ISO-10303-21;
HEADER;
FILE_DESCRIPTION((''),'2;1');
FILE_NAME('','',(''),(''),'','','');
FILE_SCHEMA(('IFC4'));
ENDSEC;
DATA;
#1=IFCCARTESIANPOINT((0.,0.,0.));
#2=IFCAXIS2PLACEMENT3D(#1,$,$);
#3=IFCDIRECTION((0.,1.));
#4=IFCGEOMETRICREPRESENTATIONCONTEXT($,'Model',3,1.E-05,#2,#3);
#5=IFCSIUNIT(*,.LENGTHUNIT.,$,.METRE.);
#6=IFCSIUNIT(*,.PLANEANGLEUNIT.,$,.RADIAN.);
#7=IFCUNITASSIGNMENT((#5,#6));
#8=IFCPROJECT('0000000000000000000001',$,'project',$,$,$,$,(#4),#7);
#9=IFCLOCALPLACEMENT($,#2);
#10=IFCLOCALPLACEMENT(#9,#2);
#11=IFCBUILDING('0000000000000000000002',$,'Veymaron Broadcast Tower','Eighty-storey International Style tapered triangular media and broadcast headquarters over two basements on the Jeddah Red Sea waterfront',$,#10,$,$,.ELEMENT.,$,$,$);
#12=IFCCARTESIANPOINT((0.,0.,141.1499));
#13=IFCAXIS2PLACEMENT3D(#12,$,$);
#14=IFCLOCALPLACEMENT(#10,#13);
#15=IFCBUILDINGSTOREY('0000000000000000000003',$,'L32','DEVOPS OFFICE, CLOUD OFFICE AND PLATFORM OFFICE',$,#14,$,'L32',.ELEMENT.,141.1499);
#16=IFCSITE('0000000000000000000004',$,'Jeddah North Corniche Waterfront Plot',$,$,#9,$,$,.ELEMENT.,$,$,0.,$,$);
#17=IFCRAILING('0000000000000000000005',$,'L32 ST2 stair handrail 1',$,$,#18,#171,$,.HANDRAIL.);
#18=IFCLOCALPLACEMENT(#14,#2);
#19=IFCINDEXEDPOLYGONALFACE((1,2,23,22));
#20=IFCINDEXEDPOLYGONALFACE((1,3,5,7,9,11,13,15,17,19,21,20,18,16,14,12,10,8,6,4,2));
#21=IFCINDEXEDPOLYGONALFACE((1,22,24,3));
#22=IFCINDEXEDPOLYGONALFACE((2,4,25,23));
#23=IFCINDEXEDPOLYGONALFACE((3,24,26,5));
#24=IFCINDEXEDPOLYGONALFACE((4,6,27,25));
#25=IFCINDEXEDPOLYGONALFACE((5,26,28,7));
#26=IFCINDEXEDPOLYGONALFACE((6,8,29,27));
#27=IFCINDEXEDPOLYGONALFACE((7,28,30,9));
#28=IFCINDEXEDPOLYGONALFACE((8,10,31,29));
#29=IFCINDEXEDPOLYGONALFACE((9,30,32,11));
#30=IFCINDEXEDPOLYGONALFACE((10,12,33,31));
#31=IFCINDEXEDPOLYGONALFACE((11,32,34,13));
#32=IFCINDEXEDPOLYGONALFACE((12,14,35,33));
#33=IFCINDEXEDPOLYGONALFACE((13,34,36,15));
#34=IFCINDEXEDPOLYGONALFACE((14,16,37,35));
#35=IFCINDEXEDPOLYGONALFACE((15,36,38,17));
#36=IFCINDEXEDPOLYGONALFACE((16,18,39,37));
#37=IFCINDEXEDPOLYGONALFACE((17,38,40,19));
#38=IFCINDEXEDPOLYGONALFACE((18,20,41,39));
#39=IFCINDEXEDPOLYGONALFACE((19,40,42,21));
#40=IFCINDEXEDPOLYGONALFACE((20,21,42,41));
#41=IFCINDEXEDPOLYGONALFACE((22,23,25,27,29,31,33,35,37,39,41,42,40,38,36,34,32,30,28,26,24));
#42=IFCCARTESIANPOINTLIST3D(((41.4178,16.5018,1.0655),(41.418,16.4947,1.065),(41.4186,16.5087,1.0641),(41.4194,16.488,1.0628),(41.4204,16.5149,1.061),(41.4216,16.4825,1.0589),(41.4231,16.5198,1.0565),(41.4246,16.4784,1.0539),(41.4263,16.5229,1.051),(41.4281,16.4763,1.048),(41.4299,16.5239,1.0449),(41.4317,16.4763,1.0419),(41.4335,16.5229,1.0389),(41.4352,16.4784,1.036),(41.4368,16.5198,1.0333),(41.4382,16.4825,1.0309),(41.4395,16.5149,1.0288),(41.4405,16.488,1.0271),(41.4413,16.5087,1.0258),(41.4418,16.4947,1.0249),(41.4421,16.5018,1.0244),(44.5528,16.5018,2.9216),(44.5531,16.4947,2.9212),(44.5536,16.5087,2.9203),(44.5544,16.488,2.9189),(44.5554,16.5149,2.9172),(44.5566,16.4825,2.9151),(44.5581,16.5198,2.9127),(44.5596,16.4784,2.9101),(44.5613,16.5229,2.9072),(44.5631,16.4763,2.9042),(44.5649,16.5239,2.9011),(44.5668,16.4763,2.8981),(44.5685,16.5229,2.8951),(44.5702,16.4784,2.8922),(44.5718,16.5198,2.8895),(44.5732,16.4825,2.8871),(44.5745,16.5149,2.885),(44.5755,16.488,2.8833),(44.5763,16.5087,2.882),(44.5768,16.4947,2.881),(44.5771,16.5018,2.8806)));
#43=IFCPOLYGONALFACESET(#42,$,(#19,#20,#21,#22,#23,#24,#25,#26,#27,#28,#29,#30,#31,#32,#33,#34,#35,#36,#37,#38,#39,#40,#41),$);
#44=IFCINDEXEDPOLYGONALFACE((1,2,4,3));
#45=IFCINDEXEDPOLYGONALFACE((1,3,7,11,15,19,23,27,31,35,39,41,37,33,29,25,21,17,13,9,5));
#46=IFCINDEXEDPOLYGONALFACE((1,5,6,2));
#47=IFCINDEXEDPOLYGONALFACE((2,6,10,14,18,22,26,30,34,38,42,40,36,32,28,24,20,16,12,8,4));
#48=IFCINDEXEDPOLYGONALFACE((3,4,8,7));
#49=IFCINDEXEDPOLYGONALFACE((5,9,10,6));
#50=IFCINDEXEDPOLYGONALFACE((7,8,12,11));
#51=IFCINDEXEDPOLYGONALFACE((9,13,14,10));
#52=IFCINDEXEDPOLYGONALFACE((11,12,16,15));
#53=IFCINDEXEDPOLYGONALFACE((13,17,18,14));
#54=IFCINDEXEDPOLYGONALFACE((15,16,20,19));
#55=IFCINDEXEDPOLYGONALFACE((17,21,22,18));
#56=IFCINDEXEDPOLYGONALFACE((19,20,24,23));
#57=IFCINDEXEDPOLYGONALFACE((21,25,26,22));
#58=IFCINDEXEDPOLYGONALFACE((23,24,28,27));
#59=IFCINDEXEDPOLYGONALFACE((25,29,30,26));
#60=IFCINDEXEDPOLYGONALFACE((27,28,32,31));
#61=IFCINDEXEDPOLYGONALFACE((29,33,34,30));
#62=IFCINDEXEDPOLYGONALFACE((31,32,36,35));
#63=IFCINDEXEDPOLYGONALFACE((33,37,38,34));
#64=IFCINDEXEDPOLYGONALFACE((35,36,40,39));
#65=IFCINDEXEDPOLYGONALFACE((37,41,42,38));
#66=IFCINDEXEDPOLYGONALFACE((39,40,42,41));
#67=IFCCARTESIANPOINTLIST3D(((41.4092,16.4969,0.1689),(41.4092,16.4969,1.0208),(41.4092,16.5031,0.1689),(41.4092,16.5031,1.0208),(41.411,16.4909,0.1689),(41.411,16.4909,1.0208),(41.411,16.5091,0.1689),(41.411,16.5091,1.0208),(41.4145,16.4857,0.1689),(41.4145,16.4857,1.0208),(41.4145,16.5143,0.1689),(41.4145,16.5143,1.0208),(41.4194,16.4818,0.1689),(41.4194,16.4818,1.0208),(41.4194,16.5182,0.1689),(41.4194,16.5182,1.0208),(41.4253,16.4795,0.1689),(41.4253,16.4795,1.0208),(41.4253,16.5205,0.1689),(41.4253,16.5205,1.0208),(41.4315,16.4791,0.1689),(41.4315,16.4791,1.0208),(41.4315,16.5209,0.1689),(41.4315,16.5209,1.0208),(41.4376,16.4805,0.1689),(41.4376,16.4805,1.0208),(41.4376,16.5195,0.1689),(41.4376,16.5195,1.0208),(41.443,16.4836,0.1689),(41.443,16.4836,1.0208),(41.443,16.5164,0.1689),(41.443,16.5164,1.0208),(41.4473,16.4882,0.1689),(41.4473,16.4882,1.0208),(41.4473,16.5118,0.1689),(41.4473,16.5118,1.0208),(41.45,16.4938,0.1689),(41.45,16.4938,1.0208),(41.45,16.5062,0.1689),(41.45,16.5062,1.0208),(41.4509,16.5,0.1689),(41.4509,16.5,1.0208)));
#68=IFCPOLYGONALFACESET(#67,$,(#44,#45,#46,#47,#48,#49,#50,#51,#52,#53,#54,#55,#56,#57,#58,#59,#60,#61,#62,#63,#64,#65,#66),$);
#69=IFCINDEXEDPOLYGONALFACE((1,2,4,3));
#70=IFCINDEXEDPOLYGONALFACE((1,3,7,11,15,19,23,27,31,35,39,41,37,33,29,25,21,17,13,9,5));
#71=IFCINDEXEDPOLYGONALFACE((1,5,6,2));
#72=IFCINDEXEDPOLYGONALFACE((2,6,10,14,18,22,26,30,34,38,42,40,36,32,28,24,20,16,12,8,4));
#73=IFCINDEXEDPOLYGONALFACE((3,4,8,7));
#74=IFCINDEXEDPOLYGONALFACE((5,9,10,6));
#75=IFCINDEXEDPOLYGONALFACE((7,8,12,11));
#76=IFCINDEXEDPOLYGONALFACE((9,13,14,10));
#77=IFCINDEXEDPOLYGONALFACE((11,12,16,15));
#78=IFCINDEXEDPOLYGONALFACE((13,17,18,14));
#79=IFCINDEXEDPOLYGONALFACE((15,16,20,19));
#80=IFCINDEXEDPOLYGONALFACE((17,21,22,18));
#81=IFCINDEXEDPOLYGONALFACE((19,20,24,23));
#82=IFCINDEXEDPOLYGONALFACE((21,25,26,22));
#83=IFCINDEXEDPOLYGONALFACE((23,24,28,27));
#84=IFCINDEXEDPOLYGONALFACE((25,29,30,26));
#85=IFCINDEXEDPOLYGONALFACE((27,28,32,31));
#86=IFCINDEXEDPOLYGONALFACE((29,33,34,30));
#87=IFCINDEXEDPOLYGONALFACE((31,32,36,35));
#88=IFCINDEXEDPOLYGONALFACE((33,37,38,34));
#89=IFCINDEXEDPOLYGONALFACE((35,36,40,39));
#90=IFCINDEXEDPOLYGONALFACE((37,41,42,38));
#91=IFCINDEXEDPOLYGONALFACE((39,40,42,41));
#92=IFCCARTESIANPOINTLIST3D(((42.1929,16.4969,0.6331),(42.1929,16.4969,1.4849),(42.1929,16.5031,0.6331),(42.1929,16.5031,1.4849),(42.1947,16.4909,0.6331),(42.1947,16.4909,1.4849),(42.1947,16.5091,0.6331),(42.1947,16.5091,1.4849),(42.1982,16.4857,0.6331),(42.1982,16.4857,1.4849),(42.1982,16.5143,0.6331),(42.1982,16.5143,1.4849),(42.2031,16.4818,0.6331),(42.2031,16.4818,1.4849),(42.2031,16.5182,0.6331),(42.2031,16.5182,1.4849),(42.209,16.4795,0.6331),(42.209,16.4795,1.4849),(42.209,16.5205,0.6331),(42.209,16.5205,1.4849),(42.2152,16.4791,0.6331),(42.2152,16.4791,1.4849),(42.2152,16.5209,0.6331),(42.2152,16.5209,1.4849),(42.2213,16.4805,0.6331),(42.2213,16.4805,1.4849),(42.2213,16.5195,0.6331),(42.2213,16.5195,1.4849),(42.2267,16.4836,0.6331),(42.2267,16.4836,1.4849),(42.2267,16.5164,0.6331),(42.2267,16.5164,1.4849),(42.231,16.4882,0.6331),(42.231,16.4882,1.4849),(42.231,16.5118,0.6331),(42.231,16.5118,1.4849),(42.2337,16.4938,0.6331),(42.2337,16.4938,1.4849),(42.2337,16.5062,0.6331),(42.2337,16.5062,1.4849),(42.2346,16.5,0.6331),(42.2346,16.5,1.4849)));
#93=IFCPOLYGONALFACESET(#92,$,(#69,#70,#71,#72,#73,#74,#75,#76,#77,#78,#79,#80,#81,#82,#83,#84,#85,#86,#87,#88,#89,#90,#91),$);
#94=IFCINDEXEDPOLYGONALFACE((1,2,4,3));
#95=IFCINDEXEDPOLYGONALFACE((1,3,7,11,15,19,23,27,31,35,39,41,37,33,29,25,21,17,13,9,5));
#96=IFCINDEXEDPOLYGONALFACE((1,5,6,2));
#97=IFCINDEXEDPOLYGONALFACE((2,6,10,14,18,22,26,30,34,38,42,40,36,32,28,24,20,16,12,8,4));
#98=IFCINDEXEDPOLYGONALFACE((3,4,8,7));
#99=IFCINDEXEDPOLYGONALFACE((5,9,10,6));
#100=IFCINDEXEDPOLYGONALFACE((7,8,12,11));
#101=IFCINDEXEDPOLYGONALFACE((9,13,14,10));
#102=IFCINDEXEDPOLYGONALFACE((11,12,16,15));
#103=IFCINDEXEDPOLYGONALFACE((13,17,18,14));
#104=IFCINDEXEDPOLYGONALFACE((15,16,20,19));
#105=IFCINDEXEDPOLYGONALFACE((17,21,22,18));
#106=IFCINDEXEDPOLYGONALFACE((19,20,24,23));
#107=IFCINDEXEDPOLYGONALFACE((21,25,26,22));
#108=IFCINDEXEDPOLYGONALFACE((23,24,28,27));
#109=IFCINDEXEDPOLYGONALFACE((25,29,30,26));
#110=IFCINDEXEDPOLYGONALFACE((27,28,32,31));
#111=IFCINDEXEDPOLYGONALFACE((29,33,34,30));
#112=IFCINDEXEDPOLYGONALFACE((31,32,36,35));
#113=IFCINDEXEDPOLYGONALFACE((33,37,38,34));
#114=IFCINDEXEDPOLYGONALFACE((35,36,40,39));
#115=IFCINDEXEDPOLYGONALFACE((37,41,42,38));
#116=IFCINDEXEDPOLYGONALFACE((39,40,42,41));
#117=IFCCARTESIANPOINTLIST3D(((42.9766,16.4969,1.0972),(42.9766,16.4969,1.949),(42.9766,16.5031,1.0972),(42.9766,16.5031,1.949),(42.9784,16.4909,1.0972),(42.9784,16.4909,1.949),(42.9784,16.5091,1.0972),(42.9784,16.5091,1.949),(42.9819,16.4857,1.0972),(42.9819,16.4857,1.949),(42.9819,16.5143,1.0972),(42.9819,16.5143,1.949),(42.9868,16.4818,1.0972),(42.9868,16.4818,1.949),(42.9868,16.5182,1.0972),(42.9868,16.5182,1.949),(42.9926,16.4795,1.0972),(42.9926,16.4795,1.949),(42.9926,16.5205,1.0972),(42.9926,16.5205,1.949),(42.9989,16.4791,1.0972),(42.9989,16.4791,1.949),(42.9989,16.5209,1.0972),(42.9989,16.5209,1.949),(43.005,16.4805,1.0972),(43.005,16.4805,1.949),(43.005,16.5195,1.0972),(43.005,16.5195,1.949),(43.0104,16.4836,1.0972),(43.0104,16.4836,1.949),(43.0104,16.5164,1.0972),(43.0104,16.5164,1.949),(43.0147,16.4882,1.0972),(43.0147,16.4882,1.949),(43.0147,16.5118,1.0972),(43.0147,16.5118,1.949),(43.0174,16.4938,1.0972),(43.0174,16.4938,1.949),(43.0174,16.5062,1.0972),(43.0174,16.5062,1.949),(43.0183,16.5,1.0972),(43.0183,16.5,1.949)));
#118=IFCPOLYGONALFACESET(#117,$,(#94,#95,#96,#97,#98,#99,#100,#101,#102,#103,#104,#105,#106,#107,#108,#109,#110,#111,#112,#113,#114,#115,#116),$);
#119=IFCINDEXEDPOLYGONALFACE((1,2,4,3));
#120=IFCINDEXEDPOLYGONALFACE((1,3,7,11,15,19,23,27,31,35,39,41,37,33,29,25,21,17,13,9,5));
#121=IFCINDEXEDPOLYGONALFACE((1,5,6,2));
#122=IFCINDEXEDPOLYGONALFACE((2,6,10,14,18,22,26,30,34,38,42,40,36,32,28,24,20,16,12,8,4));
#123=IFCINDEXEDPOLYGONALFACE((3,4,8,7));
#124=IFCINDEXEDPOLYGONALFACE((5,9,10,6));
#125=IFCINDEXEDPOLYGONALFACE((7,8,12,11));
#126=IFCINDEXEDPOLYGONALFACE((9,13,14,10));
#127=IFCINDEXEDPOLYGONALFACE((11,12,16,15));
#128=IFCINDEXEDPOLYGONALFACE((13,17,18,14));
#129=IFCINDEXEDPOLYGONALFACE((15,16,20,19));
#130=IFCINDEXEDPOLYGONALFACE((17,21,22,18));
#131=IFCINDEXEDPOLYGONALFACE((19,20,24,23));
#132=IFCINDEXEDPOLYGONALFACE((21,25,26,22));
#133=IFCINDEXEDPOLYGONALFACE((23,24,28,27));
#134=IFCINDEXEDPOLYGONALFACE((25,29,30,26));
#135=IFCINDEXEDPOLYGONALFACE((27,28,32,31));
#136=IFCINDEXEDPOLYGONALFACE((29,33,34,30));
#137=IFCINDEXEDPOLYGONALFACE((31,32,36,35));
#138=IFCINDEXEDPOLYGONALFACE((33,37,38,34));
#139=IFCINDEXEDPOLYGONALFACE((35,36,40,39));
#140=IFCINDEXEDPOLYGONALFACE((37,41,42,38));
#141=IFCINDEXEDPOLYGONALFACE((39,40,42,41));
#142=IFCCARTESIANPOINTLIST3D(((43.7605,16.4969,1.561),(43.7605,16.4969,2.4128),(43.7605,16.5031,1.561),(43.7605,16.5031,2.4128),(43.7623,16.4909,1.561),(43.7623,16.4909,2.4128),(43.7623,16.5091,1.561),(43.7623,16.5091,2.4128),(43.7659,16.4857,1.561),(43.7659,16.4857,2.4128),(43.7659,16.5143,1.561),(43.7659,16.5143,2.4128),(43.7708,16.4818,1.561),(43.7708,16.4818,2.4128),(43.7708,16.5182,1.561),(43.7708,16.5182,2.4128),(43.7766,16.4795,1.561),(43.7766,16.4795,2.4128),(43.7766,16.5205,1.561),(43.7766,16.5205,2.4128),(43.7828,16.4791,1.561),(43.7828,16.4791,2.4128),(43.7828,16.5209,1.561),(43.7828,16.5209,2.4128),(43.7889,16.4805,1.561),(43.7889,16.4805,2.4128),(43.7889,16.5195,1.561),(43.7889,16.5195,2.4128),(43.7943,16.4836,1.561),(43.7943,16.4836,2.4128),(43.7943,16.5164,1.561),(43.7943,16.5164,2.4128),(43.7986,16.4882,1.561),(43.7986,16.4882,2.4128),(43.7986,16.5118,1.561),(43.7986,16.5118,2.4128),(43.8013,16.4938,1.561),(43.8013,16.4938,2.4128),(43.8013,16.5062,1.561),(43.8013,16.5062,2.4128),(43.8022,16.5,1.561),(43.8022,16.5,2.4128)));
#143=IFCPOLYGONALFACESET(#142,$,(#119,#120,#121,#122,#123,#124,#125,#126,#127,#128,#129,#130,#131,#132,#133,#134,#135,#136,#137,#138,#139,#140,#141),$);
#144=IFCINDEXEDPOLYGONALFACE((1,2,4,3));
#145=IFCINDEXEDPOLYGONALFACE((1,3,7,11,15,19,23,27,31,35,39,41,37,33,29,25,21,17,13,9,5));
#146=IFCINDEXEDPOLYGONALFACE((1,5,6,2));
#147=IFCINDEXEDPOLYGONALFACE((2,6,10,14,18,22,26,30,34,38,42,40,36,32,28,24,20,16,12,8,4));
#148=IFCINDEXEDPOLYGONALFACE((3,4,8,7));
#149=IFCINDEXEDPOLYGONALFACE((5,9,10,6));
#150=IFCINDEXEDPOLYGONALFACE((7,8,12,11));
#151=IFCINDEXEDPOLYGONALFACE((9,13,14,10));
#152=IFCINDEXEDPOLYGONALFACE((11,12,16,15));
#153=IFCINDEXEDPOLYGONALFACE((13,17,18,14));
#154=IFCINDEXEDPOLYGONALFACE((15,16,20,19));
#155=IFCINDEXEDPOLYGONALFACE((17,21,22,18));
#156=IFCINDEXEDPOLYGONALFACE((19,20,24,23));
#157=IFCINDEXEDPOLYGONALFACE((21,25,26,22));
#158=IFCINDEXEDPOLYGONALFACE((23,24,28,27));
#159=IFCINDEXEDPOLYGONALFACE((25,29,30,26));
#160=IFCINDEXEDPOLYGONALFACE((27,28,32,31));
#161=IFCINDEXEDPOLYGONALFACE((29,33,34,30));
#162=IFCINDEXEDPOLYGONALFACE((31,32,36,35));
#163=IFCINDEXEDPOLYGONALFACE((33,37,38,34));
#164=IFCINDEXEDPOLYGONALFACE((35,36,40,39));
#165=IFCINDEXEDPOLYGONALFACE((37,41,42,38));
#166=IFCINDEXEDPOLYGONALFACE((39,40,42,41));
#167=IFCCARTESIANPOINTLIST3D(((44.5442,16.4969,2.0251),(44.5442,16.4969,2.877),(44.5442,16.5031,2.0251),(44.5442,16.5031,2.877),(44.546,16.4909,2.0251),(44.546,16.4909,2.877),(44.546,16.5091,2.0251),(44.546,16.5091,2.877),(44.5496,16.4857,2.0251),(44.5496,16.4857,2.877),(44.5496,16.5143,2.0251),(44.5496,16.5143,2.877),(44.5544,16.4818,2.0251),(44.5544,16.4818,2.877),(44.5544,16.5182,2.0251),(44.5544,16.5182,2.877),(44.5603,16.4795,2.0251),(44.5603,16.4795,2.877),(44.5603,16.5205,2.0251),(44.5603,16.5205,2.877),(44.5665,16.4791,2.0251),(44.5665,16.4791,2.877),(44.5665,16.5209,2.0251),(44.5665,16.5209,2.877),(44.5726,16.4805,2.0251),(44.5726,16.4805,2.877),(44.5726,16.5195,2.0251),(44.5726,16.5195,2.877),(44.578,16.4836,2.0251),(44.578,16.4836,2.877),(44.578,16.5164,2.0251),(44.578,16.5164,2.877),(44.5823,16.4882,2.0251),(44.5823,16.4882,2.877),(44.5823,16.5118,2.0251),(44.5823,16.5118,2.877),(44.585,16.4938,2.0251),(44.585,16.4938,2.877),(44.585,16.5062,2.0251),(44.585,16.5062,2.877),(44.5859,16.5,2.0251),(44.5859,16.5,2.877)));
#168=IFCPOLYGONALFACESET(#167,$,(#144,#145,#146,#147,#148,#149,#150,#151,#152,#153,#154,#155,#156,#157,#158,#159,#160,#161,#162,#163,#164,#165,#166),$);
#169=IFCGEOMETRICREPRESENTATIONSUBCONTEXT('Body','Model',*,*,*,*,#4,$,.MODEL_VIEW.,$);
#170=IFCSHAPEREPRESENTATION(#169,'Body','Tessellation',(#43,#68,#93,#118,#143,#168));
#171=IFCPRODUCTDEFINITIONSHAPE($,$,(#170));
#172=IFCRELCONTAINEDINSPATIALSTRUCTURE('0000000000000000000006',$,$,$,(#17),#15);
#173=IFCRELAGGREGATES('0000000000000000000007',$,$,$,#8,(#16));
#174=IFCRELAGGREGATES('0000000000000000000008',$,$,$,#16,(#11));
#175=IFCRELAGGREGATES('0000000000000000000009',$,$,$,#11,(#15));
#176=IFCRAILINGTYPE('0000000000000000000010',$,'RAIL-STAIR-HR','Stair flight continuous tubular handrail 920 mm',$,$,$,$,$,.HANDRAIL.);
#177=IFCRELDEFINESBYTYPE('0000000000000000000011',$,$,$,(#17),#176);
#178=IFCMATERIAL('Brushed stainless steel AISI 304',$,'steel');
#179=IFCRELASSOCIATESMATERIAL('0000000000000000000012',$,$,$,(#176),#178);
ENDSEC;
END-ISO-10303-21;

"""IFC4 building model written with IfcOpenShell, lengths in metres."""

from ifc_helpers import new_model, si_unit, direction, frame, origin, origin_2d, place, context, subcontext, project, spatial, circle, extrude, material, type_object, element, save


model = new_model("IFC4")

# Units and contexts
model_context = context("Model", 3, precision=1e-05, world=origin(), true_north=direction((0.0, 1.0)))
body_context = subcontext(model_context, "Body", "Model", "MODEL_VIEW")
ifc_project = project(units=[si_unit("LENGTHUNIT", "METRE"), si_unit("PLANEANGLEUNIT", "RADIAN")], contexts=[model_context])

# Site, building, storey
site_placement = place(None, origin())
site = spatial("IfcSite", under=ifc_project, at=site_placement, Name="Jeddah North Corniche Waterfront Plot", CompositionType="ELEMENT", RefElevation=0.0)
building_placement = place(site_placement, origin())
building = spatial("IfcBuilding", under=site, at=building_placement, Name="Veymaron Broadcast Tower", Description="Eighty-storey International Style tapered triangular media and broadcast headquarters over two basements on the Jeddah Red Sea waterfront", CompositionType="ELEMENT")
storey_placement = place(building_placement, frame((0.0, 0.0, 141.1499)))
storey = spatial("IfcBuildingStorey", under=building, at=storey_placement, Name="L32", Description="DEVOPS OFFICE, CLOUD OFFICE AND PLATFORM OFFICE", LongName="L32", CompositionType="ELEMENT", Elevation=141.1499)

# Shared definitions
ifc_material_1 = material(Name="Brushed stainless steel AISI 304", Category="steel")

# Railing
railing_type_1 = type_object("IfcRailingType", Name="RAIL-STAIR-HR", Description="Stair flight continuous tubular handrail 920 mm", PredefinedType="HANDRAIL", material=ifc_material_1)
railing_1_placement = place(storey_placement, frame((41.4299, 16.5, 0.1689)))
element("IfcRailing", 1, at=railing_1_placement, inside=storey, type_object=railing_type_1, Name="L32 ST2 stair handrail 1", PredefinedType="HANDRAIL", context=body_context, shape_type="SweptSolid", body=[
    extrude(circle(Radius=0.0239, at=origin_2d()), frame((0.0, 0.0, 0.876), z_axis=(0.860482, 0.0, 0.509481), x_axis=(0.0, 1.0, 0.0)), (0.0, 0.0, 1.0), 3.6433),
    extrude(circle(Radius=0.021, at=origin_2d()), origin(), (0.0, 0.0, 1.0), 0.8518),
    extrude(circle(Radius=0.021, at=origin_2d()), frame((0.7837, 0.0, 0.4641)), (0.0, 0.0, 1.0), 0.8518),
    extrude(circle(Radius=0.021, at=origin_2d()), frame((1.5674, 0.0, 0.9282)), (0.0, 0.0, 1.0), 0.8518),
    extrude(circle(Radius=0.021, at=origin_2d()), frame((2.3513, 0.0, 1.3921)), (0.0, 0.0, 1.0), 0.8518),
    extrude(circle(Radius=0.021, at=origin_2d()), frame((3.135, 0.0, 1.8562)), (0.0, 0.0, 1.0), 0.8518),
])

save(model, "model.ifc")
